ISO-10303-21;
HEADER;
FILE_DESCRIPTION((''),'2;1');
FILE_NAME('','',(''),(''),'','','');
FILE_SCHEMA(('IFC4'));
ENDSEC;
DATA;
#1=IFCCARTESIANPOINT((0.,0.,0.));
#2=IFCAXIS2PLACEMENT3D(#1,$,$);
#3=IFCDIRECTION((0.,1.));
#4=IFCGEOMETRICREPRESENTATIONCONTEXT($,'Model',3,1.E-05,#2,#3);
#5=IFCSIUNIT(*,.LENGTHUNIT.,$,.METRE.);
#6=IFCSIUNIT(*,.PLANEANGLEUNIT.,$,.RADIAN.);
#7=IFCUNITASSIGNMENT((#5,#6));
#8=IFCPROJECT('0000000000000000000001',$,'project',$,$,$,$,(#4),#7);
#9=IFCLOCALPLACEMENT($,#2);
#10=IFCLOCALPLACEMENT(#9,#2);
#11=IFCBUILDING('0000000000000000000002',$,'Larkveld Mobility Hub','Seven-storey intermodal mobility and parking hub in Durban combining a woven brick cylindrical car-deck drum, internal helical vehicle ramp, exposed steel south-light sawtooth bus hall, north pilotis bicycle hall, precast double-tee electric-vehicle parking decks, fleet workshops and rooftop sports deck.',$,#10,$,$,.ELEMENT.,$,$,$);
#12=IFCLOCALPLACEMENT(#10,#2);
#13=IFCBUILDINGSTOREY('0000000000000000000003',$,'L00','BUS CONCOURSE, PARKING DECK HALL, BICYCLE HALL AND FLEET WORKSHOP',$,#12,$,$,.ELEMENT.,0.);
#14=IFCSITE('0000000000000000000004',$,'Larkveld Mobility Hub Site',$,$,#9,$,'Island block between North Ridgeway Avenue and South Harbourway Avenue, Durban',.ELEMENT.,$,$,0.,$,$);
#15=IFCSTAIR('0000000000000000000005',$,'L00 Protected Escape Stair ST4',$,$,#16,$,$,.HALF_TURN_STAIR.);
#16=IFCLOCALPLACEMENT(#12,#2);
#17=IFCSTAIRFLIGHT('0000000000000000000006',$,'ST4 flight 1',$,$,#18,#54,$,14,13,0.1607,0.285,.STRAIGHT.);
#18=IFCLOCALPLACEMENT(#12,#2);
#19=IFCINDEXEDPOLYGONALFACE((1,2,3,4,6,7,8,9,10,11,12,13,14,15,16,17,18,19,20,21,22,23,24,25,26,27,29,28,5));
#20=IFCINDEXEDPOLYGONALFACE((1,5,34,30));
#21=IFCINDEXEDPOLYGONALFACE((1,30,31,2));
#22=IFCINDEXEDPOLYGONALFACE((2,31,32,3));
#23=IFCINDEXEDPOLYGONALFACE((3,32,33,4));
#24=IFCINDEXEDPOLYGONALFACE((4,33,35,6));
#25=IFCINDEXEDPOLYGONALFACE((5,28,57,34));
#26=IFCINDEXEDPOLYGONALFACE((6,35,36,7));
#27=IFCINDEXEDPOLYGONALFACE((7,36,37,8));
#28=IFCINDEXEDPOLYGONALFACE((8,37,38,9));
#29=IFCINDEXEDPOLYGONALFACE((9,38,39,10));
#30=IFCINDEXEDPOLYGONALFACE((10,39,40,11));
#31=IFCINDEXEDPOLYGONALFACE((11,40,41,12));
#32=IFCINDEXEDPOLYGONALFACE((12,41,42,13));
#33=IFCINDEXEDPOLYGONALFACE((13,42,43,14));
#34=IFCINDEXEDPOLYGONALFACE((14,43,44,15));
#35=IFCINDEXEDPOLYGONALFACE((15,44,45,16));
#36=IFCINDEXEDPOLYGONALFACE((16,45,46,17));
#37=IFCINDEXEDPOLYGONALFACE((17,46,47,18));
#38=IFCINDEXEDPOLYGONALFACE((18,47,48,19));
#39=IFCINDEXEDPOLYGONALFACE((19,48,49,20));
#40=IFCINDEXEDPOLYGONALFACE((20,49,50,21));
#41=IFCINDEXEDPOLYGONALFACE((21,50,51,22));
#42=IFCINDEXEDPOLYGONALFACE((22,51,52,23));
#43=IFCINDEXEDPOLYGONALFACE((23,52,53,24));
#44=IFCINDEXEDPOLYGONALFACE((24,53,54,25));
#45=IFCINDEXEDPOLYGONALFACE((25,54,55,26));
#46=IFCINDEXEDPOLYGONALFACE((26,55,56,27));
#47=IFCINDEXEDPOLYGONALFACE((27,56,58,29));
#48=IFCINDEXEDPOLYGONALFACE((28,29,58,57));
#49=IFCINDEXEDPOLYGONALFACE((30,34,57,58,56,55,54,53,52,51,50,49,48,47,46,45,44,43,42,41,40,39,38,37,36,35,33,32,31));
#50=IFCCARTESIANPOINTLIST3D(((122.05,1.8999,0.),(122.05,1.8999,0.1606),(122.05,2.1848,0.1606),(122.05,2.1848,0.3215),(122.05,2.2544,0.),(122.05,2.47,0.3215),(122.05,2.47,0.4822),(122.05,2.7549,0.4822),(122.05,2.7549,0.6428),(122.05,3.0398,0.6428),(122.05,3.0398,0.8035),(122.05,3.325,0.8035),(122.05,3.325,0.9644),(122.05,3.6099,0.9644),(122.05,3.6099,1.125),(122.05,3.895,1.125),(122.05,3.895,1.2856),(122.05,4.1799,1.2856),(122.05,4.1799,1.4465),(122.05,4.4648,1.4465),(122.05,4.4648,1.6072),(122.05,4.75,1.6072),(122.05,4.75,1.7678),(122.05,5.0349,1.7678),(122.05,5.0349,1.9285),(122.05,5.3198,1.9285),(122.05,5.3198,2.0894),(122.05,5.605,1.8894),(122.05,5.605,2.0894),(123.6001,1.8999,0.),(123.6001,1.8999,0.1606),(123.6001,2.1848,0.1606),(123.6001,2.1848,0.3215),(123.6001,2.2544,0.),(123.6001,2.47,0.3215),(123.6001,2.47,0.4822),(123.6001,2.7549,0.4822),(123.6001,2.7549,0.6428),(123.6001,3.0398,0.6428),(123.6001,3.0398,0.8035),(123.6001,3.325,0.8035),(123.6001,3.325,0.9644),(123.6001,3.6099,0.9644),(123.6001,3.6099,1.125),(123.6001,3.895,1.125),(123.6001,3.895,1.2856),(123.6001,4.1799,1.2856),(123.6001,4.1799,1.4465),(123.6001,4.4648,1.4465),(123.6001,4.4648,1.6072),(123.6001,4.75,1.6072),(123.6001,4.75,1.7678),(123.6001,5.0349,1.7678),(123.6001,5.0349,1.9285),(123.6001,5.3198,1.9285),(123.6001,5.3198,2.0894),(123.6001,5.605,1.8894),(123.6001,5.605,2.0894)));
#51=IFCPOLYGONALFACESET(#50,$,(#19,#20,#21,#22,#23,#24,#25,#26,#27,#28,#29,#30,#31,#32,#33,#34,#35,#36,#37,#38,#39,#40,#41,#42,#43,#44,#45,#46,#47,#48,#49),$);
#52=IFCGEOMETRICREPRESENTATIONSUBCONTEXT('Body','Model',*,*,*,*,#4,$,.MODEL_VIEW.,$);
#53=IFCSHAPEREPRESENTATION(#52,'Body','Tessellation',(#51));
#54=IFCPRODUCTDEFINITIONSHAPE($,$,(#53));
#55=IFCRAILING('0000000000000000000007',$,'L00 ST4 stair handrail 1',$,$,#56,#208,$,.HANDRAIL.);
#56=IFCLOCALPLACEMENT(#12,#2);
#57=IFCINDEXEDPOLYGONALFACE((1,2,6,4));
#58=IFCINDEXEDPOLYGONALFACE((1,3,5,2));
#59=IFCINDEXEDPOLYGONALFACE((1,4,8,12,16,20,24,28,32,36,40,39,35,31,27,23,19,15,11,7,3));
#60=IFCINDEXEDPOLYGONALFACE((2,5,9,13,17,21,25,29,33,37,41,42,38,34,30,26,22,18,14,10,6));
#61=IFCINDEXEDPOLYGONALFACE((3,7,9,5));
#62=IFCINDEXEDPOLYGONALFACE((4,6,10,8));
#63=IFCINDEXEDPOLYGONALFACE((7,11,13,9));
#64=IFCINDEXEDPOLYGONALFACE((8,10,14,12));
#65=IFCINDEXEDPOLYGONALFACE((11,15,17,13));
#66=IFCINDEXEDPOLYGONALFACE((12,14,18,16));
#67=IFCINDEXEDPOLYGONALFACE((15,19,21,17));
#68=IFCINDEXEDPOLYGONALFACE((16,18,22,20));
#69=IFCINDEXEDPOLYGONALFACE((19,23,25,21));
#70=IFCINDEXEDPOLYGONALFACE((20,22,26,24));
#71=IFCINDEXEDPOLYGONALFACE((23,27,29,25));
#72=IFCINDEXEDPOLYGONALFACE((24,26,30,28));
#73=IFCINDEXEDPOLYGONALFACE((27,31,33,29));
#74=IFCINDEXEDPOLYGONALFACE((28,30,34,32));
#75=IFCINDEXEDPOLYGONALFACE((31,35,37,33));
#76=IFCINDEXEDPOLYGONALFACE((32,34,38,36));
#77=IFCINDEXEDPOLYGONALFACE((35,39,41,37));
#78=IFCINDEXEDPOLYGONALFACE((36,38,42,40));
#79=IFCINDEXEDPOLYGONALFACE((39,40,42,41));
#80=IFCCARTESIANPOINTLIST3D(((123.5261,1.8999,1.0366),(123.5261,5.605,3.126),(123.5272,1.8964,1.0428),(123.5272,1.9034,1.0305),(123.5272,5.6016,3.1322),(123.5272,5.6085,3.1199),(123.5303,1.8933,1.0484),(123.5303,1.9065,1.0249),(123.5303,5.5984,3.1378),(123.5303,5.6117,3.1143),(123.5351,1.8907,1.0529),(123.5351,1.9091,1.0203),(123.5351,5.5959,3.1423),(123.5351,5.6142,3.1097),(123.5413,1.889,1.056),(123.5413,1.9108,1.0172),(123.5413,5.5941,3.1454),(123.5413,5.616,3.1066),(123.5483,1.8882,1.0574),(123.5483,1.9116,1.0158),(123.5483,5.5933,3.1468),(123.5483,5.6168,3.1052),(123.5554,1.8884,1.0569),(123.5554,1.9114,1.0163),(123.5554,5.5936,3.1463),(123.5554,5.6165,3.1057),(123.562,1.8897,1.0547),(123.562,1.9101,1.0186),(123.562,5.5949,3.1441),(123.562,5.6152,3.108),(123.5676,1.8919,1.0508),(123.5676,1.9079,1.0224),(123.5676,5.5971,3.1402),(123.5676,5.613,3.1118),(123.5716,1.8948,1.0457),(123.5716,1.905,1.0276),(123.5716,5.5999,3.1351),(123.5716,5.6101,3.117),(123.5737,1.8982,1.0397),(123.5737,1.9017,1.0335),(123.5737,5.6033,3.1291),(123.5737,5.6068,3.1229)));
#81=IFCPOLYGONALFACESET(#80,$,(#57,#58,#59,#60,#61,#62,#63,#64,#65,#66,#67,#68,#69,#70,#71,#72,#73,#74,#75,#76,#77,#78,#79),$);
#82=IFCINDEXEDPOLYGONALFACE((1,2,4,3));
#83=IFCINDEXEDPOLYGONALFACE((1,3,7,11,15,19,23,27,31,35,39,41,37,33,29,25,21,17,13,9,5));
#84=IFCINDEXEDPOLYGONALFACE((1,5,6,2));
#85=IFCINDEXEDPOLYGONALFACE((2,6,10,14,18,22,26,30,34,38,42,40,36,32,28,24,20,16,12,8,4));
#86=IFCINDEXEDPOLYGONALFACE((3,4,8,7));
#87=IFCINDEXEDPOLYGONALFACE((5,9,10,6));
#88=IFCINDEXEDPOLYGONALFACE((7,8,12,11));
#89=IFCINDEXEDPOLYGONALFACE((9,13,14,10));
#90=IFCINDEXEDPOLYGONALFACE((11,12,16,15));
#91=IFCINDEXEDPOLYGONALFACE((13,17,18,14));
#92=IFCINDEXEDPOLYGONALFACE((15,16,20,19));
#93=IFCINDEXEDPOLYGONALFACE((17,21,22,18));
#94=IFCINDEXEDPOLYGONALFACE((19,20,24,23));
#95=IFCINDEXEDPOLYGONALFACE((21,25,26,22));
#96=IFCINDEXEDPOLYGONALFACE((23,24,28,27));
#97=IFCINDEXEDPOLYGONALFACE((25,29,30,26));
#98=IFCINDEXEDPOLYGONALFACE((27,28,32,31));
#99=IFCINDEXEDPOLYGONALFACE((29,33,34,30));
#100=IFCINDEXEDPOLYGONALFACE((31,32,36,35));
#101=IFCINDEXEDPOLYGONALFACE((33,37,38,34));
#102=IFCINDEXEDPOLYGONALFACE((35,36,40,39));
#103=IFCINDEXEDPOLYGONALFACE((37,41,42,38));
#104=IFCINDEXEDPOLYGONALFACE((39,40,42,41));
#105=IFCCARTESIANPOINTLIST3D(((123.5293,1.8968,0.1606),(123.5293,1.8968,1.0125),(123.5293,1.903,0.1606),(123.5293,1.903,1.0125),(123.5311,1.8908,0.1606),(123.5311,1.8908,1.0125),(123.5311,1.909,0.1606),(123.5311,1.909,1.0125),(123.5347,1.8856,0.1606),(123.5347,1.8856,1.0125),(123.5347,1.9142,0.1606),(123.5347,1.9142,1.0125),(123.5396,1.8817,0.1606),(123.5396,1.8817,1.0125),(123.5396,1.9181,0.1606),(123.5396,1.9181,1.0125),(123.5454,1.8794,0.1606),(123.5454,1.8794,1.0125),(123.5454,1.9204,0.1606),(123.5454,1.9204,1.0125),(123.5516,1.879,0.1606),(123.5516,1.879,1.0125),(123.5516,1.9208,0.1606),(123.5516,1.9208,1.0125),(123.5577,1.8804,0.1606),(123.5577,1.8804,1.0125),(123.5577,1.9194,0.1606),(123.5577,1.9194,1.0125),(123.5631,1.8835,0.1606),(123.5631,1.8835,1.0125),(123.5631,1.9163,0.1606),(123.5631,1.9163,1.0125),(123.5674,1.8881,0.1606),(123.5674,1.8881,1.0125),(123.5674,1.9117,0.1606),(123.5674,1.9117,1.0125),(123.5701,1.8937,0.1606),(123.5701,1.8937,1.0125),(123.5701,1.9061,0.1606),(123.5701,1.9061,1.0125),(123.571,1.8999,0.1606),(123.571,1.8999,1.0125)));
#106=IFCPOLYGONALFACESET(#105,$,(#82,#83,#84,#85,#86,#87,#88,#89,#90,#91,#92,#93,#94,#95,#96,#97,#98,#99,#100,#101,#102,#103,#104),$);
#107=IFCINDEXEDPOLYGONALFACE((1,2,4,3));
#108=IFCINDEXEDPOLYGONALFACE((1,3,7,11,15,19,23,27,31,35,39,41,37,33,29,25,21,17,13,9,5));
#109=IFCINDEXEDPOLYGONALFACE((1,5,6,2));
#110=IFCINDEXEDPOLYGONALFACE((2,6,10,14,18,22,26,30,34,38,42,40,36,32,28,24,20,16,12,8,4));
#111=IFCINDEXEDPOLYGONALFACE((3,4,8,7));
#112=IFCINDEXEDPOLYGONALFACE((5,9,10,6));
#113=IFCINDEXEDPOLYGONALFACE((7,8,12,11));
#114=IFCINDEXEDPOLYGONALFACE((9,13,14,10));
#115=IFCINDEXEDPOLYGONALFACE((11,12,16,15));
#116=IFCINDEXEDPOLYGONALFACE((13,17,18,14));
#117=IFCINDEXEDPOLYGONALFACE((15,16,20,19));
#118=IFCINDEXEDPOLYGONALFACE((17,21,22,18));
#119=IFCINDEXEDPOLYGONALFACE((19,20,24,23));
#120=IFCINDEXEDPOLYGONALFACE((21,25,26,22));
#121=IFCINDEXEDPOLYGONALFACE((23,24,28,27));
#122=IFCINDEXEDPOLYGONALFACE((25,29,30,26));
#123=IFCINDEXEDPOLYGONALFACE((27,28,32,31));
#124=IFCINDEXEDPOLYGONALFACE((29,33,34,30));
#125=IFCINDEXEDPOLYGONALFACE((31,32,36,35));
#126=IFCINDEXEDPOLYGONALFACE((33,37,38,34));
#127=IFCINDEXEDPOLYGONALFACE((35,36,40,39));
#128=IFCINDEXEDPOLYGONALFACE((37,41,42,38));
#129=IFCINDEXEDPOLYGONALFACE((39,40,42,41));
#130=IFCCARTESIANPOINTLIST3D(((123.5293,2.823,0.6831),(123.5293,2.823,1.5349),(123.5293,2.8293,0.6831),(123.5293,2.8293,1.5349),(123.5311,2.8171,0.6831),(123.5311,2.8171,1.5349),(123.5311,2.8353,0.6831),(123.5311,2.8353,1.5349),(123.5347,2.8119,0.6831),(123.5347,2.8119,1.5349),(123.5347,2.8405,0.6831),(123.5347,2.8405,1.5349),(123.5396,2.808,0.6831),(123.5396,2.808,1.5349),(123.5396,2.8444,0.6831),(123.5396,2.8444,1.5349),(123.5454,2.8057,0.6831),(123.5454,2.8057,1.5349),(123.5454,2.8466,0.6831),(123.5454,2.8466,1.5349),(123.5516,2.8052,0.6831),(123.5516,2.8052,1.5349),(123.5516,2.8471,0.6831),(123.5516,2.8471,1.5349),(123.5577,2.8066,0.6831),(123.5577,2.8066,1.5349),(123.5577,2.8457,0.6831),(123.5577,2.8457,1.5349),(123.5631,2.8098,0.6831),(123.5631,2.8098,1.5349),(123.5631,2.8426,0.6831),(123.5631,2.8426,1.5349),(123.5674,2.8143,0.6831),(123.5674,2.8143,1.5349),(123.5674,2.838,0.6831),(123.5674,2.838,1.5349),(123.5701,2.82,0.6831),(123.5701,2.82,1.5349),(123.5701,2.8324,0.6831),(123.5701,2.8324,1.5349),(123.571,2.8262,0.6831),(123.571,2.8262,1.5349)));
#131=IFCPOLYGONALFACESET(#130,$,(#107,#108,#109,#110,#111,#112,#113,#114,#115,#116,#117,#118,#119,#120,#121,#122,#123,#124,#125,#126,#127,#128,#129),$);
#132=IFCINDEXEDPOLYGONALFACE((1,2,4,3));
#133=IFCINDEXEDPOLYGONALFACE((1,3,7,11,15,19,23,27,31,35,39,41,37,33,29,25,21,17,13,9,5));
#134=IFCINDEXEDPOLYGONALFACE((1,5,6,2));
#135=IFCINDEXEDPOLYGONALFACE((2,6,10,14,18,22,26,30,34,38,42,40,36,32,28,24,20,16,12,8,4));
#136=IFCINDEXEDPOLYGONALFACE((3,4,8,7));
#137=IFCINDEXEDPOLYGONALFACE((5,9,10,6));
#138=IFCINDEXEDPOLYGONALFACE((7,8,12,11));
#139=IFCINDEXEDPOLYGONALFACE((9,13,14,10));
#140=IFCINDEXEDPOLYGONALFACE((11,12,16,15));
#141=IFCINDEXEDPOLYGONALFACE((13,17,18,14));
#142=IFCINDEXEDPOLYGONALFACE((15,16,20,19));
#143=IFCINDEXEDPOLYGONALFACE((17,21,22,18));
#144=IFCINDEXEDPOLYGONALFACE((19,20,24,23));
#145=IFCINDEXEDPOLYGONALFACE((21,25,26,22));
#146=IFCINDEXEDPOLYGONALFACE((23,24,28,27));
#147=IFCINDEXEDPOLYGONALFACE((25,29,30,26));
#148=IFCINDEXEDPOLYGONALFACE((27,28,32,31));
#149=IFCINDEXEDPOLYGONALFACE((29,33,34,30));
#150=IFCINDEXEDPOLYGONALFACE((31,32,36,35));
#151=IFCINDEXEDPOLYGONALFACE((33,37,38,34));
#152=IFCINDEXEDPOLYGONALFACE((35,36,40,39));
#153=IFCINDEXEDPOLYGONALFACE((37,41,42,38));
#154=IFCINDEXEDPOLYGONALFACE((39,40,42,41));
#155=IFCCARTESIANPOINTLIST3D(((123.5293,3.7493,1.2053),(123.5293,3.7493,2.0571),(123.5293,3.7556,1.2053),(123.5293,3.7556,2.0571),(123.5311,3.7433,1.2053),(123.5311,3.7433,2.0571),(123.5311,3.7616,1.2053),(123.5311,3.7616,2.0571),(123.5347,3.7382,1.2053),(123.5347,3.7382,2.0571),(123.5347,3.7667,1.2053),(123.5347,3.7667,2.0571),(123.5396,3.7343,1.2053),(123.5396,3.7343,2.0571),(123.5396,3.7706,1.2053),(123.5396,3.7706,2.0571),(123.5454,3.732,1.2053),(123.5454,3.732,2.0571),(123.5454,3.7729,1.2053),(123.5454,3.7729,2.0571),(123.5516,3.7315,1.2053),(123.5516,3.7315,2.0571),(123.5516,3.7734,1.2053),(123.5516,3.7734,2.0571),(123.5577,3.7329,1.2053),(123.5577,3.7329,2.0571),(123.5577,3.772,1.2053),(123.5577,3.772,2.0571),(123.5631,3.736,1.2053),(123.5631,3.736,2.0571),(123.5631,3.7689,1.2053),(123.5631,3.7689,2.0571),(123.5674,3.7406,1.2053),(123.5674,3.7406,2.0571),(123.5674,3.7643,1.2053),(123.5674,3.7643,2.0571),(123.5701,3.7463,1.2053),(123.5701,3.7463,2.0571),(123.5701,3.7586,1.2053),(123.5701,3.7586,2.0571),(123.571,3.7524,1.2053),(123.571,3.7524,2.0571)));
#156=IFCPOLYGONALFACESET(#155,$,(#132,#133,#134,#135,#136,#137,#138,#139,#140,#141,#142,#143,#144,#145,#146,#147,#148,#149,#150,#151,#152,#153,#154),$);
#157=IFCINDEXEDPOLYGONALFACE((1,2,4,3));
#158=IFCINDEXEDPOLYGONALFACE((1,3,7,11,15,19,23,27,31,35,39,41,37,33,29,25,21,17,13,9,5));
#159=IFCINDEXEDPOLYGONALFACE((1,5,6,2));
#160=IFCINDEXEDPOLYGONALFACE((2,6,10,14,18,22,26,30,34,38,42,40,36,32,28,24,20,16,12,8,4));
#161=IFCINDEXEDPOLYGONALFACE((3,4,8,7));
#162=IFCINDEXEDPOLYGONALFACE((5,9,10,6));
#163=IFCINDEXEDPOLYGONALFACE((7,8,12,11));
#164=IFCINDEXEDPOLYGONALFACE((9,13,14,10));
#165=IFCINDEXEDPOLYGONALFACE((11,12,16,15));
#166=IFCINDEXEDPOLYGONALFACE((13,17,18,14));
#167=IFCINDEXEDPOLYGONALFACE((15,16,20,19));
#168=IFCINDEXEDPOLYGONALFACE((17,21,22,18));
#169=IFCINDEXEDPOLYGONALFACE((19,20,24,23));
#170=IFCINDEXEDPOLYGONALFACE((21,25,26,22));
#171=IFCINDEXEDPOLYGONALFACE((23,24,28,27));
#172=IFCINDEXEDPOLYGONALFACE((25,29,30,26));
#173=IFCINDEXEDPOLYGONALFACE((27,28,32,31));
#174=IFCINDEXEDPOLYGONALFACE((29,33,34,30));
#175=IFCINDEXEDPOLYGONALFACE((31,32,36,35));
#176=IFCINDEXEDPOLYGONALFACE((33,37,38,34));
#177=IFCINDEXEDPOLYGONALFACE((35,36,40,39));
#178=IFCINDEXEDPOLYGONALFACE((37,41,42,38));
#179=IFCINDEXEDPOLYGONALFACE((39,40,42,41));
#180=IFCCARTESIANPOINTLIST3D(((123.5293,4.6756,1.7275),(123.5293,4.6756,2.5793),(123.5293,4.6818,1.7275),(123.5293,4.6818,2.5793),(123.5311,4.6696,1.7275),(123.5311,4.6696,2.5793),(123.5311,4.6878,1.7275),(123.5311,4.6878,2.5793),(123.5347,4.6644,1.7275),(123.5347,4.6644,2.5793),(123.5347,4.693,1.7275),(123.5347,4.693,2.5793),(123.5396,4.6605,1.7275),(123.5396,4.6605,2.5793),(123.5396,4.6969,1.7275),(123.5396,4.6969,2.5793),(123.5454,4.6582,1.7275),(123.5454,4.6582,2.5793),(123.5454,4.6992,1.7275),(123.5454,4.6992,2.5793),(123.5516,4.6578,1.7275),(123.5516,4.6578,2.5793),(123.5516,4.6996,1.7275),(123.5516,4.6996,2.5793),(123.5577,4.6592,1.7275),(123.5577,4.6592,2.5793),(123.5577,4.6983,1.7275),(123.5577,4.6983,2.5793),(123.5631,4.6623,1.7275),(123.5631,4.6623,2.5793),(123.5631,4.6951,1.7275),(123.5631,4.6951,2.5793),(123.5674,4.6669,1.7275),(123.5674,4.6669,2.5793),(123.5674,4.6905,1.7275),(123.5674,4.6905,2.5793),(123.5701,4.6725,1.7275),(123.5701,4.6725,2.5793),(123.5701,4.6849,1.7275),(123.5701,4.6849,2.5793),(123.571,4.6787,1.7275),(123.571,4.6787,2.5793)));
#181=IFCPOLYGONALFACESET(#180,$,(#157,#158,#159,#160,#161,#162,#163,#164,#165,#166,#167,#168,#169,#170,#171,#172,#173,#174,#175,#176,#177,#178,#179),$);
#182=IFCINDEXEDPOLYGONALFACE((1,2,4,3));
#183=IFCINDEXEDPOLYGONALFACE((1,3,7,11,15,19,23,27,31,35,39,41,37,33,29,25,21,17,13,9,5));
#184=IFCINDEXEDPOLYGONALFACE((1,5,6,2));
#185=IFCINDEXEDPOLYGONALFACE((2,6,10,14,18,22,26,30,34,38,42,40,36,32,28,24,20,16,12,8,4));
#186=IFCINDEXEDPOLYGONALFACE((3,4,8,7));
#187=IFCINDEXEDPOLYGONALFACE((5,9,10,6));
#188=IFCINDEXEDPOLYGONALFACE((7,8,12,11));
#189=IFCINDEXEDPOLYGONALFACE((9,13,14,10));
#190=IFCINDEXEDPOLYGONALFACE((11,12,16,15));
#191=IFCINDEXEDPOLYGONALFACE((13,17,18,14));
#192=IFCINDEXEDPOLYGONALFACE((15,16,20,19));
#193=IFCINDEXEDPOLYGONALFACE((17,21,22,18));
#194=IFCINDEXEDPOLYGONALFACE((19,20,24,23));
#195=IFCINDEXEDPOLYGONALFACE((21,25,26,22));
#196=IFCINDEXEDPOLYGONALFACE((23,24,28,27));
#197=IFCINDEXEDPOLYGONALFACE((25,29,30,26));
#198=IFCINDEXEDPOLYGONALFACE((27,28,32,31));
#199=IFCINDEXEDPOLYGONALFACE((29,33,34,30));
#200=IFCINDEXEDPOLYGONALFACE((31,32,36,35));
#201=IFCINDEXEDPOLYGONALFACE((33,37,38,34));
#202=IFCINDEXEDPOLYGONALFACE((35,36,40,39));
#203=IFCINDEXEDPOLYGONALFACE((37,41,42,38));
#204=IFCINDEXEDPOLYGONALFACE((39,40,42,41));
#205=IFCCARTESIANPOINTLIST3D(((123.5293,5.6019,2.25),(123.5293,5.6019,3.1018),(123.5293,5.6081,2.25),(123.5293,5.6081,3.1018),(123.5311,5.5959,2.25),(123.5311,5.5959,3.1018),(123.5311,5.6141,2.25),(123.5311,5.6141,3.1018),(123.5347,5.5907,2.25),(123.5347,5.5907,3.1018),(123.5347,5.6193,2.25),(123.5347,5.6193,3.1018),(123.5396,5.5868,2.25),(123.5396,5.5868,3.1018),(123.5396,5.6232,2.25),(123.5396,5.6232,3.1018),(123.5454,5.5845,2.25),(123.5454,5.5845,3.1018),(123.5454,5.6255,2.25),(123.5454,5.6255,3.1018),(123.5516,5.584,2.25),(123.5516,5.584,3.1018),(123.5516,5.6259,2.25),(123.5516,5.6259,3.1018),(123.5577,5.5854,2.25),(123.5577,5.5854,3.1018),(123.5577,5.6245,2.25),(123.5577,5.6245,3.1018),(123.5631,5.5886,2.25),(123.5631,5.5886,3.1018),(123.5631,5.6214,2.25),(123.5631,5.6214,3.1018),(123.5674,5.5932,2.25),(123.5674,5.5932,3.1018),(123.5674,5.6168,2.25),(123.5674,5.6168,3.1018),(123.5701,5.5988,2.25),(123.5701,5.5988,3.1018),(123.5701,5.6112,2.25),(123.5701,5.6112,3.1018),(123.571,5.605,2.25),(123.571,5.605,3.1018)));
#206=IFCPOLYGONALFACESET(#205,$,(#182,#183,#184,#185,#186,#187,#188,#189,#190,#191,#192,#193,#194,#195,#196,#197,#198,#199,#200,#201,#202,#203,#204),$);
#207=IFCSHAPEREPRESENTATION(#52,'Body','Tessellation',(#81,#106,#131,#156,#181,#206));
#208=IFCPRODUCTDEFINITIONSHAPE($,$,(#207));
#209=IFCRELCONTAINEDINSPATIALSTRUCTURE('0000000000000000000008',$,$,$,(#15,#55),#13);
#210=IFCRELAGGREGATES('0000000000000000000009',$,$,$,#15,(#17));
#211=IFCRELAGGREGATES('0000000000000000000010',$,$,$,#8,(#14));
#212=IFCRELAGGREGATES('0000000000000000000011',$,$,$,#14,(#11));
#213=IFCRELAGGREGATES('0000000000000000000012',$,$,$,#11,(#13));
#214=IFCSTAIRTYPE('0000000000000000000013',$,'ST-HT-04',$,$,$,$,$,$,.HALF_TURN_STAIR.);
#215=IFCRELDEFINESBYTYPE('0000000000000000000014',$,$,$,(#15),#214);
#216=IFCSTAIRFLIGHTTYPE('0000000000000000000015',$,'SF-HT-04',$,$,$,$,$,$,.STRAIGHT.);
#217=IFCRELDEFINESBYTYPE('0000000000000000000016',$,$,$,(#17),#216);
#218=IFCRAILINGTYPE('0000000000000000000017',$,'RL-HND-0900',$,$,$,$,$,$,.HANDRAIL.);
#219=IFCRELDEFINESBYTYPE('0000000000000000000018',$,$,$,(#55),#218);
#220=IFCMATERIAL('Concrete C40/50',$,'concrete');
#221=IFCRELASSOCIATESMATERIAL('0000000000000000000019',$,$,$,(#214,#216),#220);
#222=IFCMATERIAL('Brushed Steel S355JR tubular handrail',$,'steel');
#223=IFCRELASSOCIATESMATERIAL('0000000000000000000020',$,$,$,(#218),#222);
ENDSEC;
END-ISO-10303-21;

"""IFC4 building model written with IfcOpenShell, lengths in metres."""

from ifc_helpers import new_model, si_unit, direction, frame, origin, origin_2d, place, context, subcontext, project, spatial, polyline, circle, outline, extrude, material, type_object, element, aggregate, save


model = new_model("IFC4")

# Units and contexts
model_context = context("Model", 3, precision=1e-05, world=origin(), true_north=direction((0.0, 1.0)))
body_context = subcontext(model_context, "Body", "Model", "MODEL_VIEW")
ifc_project = project(units=[si_unit("LENGTHUNIT", "METRE"), si_unit("PLANEANGLEUNIT", "RADIAN")], contexts=[model_context])

# Site, building, storey
site_placement = place(None, origin())
site = spatial("IfcSite", under=ifc_project, at=site_placement, Name="Larkveld Mobility Hub Site", LongName="Island block between North Ridgeway Avenue and South Harbourway Avenue, Durban", CompositionType="ELEMENT", RefElevation=0.0)
building_placement = place(site_placement, origin())
building = spatial("IfcBuilding", under=site, at=building_placement, Name="Larkveld Mobility Hub", Description="Seven-storey intermodal mobility and parking hub in Durban combining a woven brick cylindrical car-deck drum, internal helical vehicle ramp, exposed steel south-light sawtooth bus hall, north pilotis bicycle hall, precast double-tee electric-vehicle parking decks, fleet workshops and rooftop sports deck.", CompositionType="ELEMENT")
storey_placement = place(building_placement, origin())
storey = spatial("IfcBuildingStorey", under=building, at=storey_placement, Name="L00", Description="BUS CONCOURSE, PARKING DECK HALL, BICYCLE HALL AND FLEET WORKSHOP", CompositionType="ELEMENT", Elevation=0.0)

# Shared definitions
ifc_material_1 = material(Name="Concrete C40/50", Category="concrete")

# Stair, stair flight
stair_type = type_object("IfcStairType", Name="ST-HT-04", PredefinedType="HALF_TURN_STAIR", material=ifc_material_1)
stair_placement = place(storey_placement, origin())
stair = element("IfcStair", 1, at=stair_placement, inside=storey, type_object=stair_type, Name="L00 Protected Escape Stair ST4", PredefinedType="HALF_TURN_STAIR")
stair_flight_type = type_object("IfcStairFlightType", Name="SF-HT-04", PredefinedType="STRAIGHT", material=ifc_material_1)
stair_flight_placement = place(storey_placement, frame((122.825, 1.8999, 0.0), z_axis=(0.0, 0.0, 1.0), x_axis=(0.0, 1.0, 0.0)))
stair_flight = element("IfcStairFlight", 2, at=stair_flight_placement, type_object=stair_flight_type, Name="ST4 flight 1", NumberOfRisers=14, NumberOfTreads=13, PredefinedType="STRAIGHT", RiserHeight=0.1607, TreadLength=0.285, context=body_context, shape_type="SweptSolid", body=[
    extrude(outline(polyline([(0.0, 0.0), (0.0, 0.1606), (0.2849, 0.1606), (0.2849, 0.3215), (0.5701, 0.3215), (0.5701, 0.4822), (0.855, 0.4822), (0.855, 0.6428), (1.1399, 0.6428), (1.1399, 0.8035), (1.425, 0.8035), (1.425, 0.9644), (1.71, 0.9644), (1.71, 1.125), (1.9951, 1.125), (1.9951, 1.2856), (2.28, 1.2856), (2.28, 1.4465), (2.5649, 1.4465), (2.5649, 1.6072), (2.8501, 1.6072), (2.8501, 1.7678), (3.135, 1.7678), (3.135, 1.9285), (3.4199, 1.9285), (3.4199, 2.0894), (3.7051, 2.0894), (3.7051, 2.25), (3.7051, 1.8894), (0.3545, 0.0), (0.0, 0.0)])), frame((0.0, 0.7749, 0.0), z_axis=(0.0, -1.0, 0.0), x_axis=(1.0, 0.0, 0.0)), (0.0, 0.0, 1.0), 1.55),
])
aggregate(stair, [stair_flight])

# Railing
ifc_material_2 = material(Name="Brushed Steel S355JR tubular handrail", Category="steel")
railing_type = type_object("IfcRailingType", Name="RL-HND-0900", PredefinedType="HANDRAIL", material=ifc_material_2)
railing_placement = place(storey_placement, frame((123.55, 1.8999, 0.1606)))
element("IfcRailing", 3, at=railing_placement, inside=storey, type_object=railing_type, Name="L00 ST4 stair handrail 1", PredefinedType="HANDRAIL", context=body_context, shape_type="SweptSolid", body=[
    extrude(circle(Radius=0.0239, at=origin_2d()), frame((0.0, 0.0, 0.876), z_axis=(0.0, 0.871048, 0.491198), x_axis=(-1.0, 0.0, 0.0)), (0.0, 0.0, 1.0), 4.2537),
    extrude(circle(Radius=0.021, at=origin_2d()), origin(), (0.0, 0.0, 1.0), 0.8518),
    extrude(circle(Radius=0.021, at=origin_2d()), frame((0.0, 0.9263, 0.5225)), (0.0, 0.0, 1.0), 0.8518),
    extrude(circle(Radius=0.021, at=origin_2d()), frame((0.0, 1.8525, 1.0447)), (0.0, 0.0, 1.0), 0.8518),
    extrude(circle(Radius=0.021, at=origin_2d()), frame((0.0, 2.7788, 1.5669)), (0.0, 0.0, 1.0), 0.8518),
    extrude(circle(Radius=0.021, at=origin_2d()), frame((0.0, 3.7051, 2.0894)), (0.0, 0.0, 1.0), 0.8518),
])

save(model, "model.ifc")
